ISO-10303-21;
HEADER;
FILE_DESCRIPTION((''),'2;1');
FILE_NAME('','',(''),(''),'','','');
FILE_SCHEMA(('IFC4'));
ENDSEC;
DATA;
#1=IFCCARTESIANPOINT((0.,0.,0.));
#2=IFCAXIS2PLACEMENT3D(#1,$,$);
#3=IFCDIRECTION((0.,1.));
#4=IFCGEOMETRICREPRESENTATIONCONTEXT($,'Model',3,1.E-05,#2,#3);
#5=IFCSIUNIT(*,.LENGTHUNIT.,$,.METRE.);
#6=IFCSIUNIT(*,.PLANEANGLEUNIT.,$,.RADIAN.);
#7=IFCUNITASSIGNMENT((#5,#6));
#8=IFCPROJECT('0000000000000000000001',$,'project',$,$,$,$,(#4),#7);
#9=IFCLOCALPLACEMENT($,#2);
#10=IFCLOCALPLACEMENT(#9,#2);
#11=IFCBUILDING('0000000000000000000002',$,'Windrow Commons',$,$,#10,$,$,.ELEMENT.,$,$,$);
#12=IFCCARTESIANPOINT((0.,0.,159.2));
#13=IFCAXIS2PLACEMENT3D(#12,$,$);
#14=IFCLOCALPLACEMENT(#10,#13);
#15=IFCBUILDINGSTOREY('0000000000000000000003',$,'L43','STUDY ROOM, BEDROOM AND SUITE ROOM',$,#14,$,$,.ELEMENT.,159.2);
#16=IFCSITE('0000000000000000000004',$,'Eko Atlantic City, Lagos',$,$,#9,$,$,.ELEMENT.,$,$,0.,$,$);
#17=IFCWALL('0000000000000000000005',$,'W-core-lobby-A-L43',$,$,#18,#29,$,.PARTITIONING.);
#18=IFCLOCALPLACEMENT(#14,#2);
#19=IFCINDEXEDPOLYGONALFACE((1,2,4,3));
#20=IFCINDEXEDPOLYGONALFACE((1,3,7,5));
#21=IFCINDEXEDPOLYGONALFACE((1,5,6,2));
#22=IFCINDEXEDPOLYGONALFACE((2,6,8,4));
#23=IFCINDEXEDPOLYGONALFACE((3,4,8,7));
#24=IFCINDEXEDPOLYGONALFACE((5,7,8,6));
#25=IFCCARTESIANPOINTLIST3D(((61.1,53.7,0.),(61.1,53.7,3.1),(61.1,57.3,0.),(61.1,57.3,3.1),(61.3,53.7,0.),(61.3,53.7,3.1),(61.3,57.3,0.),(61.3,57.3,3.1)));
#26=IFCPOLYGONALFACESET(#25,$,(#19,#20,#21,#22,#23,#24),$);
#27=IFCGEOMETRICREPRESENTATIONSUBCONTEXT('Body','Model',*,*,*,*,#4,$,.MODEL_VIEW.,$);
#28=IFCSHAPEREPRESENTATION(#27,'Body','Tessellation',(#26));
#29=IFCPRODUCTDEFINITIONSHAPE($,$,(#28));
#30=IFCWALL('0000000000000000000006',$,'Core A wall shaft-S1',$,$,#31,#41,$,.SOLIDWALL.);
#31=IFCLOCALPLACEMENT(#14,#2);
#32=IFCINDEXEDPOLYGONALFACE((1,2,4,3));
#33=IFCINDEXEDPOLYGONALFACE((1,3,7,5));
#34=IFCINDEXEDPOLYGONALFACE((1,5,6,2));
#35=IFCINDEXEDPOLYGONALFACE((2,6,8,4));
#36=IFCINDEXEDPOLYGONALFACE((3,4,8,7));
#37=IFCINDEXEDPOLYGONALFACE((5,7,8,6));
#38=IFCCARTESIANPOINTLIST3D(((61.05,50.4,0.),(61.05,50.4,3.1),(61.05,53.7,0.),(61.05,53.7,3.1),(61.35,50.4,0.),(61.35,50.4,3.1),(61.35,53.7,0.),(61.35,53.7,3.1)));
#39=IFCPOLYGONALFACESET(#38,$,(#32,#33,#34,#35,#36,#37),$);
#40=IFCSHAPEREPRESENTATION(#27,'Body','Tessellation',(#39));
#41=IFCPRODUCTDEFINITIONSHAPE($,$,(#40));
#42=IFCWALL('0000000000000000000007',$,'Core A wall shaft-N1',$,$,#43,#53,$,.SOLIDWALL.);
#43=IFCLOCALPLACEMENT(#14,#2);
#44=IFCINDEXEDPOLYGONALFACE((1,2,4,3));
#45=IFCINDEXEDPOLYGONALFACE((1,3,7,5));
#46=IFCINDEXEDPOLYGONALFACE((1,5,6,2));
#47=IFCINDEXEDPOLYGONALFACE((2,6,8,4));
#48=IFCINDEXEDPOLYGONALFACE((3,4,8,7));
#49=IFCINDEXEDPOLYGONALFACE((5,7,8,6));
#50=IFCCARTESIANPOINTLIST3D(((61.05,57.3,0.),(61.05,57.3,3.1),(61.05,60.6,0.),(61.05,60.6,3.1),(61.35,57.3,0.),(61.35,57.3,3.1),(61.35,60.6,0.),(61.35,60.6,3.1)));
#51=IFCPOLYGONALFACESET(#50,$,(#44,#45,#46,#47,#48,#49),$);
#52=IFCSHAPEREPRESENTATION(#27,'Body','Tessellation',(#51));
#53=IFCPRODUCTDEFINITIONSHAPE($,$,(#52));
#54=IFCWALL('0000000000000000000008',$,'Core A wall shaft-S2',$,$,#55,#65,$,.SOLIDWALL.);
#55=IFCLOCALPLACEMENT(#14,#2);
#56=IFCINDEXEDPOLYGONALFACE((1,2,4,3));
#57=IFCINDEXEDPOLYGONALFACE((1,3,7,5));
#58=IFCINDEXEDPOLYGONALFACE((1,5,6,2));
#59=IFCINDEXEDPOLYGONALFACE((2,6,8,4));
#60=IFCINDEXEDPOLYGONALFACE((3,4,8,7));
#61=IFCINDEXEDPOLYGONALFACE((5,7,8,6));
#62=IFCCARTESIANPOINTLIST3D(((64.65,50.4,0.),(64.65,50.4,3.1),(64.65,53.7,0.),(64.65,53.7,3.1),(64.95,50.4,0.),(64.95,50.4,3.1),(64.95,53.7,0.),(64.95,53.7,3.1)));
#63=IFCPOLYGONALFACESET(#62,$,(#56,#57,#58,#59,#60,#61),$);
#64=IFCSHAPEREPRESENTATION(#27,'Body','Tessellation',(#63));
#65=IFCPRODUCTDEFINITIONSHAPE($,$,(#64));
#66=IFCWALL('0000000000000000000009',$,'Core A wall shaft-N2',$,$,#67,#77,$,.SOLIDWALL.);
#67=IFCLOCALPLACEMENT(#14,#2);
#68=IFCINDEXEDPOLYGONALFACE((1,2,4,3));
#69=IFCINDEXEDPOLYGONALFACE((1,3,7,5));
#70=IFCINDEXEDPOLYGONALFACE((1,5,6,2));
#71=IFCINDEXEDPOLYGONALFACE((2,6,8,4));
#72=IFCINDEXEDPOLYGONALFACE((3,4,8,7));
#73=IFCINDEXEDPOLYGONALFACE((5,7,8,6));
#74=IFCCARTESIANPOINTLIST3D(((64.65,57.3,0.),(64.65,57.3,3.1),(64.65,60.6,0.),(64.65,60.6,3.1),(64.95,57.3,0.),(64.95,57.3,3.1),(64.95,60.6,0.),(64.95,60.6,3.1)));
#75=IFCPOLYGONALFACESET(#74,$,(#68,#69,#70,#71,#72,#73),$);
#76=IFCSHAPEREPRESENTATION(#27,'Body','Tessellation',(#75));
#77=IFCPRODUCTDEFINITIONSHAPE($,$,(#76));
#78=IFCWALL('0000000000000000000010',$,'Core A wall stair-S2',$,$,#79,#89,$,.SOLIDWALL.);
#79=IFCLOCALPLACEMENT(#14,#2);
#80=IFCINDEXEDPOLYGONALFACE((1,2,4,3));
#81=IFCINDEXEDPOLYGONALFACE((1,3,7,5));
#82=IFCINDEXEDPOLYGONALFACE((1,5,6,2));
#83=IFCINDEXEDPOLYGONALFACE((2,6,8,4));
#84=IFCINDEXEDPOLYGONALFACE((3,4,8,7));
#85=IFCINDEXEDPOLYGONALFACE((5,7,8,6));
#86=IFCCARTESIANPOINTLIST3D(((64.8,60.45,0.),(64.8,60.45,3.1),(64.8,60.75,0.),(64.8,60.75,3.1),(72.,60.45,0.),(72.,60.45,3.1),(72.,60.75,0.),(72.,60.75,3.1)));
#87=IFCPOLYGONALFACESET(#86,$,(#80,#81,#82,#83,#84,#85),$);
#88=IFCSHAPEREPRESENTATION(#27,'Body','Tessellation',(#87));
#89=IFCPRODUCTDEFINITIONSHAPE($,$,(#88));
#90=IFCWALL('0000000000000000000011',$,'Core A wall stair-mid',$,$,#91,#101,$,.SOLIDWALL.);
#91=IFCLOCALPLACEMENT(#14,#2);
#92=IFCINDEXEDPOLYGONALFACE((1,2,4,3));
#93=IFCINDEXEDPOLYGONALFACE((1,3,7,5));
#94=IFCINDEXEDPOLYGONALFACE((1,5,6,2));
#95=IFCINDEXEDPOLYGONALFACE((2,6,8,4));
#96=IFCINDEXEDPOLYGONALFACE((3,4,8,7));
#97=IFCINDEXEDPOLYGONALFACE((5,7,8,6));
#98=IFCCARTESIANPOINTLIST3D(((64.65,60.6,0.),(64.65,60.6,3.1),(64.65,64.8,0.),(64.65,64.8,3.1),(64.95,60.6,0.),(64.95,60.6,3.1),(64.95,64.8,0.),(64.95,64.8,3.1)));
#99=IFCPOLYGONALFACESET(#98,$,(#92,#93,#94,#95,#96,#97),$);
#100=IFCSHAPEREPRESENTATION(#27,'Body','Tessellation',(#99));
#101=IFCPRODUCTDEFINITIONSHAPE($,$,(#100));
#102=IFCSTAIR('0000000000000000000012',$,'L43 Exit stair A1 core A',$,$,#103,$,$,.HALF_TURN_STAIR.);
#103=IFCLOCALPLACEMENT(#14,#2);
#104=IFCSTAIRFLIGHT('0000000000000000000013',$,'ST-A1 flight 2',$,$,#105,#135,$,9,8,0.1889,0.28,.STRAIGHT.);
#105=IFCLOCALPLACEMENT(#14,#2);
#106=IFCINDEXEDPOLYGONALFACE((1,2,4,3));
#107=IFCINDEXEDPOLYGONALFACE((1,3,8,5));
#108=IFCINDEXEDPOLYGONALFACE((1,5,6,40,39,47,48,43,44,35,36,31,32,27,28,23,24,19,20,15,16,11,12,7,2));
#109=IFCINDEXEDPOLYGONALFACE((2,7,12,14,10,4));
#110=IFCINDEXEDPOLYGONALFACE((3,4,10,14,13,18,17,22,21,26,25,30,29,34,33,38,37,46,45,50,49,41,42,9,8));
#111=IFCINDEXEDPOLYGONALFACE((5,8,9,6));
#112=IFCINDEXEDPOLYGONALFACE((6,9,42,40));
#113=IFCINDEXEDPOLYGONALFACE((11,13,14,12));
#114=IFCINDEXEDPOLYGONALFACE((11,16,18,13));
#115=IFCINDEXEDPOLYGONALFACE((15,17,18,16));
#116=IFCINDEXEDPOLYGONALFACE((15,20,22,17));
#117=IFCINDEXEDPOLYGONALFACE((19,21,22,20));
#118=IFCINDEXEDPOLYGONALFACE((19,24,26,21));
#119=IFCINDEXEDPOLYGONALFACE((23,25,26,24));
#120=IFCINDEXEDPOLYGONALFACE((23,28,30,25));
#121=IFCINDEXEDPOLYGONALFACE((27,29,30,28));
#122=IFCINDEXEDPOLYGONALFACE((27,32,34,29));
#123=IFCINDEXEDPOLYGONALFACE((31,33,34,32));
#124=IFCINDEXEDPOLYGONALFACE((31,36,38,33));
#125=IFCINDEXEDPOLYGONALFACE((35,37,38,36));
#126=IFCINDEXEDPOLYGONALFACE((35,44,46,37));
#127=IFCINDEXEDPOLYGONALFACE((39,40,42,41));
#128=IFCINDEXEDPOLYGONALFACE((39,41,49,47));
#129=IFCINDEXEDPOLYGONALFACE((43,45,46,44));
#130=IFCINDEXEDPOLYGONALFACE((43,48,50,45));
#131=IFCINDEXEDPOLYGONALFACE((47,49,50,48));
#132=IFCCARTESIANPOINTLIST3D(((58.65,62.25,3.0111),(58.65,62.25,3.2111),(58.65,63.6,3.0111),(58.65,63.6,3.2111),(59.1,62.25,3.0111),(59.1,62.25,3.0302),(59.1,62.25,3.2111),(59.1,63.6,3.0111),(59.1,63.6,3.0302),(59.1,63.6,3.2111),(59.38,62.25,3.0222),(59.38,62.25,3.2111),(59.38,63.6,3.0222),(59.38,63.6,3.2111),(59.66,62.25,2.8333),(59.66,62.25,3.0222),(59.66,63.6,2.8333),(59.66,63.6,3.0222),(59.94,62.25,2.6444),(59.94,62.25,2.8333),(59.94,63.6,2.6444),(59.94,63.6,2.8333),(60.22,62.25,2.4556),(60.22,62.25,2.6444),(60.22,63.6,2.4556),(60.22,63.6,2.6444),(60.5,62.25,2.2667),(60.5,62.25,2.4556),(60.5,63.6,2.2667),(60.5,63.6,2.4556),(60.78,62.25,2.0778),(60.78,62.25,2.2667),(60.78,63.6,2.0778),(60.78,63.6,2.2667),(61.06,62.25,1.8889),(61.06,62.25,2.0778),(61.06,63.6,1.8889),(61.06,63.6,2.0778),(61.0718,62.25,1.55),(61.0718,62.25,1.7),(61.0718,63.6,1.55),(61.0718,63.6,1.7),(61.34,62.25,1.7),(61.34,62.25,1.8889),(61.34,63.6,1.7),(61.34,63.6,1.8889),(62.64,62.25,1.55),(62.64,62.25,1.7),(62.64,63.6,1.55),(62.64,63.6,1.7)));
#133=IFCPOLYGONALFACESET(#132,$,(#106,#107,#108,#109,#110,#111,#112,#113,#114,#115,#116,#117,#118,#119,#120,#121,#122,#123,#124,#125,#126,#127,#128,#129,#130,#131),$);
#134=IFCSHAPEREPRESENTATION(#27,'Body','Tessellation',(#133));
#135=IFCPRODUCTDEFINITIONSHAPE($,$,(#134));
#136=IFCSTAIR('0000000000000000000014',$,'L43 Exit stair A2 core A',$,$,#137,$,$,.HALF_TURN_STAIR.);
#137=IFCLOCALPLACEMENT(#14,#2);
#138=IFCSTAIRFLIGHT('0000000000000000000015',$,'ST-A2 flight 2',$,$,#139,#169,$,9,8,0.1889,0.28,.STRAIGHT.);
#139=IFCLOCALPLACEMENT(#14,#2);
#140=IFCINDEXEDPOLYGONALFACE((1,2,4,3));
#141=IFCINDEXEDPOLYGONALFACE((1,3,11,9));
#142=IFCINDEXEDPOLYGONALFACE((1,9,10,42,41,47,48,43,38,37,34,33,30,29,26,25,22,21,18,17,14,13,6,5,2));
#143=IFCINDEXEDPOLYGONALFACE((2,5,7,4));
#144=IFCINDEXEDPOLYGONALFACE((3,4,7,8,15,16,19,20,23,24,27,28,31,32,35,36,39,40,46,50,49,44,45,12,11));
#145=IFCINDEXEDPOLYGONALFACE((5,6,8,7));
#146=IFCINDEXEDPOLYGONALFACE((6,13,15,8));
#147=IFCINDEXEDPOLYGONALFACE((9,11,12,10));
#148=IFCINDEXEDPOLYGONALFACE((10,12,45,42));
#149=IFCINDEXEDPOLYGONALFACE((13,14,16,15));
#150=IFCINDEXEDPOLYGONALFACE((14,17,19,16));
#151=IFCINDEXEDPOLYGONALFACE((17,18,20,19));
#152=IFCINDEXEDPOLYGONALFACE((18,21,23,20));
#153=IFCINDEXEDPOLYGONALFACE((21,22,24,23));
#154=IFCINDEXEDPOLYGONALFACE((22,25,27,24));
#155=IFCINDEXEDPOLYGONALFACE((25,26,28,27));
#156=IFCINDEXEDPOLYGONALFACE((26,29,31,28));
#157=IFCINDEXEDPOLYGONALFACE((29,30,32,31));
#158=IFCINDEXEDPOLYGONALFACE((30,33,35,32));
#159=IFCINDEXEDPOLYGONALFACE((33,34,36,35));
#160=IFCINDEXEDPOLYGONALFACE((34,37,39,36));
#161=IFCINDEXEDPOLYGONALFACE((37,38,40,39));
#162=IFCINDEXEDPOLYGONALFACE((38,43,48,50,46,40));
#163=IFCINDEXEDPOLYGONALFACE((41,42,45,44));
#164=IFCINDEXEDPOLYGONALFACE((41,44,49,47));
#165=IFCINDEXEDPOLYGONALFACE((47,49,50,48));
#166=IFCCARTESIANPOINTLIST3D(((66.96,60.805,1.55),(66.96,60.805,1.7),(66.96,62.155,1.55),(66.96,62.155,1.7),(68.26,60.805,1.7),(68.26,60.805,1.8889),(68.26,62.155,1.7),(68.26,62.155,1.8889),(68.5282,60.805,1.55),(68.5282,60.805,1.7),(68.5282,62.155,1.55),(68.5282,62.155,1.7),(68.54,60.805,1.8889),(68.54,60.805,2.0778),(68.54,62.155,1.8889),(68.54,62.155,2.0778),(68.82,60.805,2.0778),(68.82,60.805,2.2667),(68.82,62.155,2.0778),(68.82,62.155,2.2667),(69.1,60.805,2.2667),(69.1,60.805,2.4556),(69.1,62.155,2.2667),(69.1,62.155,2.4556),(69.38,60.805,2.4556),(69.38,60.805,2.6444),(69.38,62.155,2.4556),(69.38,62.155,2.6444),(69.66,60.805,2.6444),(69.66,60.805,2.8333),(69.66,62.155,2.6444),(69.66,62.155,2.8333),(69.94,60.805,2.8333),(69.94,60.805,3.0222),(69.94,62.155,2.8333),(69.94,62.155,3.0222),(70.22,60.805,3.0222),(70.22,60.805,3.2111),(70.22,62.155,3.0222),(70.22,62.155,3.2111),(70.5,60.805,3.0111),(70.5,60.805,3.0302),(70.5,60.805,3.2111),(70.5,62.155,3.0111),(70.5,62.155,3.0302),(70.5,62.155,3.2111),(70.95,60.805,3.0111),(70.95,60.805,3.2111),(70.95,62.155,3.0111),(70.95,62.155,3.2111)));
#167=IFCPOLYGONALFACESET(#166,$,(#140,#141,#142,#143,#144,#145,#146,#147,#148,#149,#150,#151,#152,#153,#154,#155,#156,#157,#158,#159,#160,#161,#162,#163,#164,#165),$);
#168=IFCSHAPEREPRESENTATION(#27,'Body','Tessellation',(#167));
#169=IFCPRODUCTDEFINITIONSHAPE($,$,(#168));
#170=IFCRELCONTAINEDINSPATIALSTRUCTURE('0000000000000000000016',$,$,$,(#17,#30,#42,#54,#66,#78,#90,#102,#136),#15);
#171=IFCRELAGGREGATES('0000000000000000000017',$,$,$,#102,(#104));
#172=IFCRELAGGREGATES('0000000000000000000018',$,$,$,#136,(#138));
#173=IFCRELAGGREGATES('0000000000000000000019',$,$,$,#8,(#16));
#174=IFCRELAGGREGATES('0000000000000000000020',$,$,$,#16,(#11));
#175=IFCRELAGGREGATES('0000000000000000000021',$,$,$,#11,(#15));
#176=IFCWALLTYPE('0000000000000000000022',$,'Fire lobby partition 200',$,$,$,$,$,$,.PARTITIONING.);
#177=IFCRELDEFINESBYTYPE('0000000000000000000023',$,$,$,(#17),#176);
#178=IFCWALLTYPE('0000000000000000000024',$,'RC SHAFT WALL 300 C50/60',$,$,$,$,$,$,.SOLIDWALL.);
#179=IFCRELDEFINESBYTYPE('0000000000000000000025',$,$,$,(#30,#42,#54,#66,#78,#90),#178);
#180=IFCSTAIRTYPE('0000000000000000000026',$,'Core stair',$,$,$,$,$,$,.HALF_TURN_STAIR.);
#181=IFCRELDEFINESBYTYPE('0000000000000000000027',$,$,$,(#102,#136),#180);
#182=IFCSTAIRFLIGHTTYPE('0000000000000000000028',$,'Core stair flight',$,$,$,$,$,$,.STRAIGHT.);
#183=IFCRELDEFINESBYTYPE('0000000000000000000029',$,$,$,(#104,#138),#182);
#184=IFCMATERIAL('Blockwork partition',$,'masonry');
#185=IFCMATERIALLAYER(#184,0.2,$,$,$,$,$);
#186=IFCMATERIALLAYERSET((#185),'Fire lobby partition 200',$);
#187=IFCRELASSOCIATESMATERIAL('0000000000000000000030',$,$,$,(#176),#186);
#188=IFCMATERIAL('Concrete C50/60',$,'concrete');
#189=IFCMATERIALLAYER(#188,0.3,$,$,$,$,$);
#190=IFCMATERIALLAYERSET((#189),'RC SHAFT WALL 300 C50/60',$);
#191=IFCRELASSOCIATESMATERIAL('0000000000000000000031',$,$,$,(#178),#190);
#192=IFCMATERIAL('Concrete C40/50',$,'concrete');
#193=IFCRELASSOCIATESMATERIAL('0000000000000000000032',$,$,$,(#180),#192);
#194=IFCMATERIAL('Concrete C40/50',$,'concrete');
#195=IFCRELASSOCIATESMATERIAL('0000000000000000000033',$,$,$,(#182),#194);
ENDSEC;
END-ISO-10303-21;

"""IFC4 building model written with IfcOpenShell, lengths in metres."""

from ifc_helpers import new_model, si_unit, direction, frame, frame_2d, origin, place, context, subcontext, project, spatial, polyline, rectangle, outline, extrude, material, layer, layer_set, type_object, element, aggregate, save


model = new_model("IFC4")

# Units and contexts
model_context = context("Model", 3, precision=1e-05, world=origin(), true_north=direction((0.0, 1.0)))
body_context = subcontext(model_context, "Body", "Model", "MODEL_VIEW")
ifc_project = project(units=[si_unit("LENGTHUNIT", "METRE"), si_unit("PLANEANGLEUNIT", "RADIAN")], contexts=[model_context])

# Site, building, storey
site_placement = place(None, origin())
site = spatial("IfcSite", under=ifc_project, at=site_placement, Name="Eko Atlantic City, Lagos", CompositionType="ELEMENT", RefElevation=0.0)
building_placement = place(site_placement, origin())
building = spatial("IfcBuilding", under=site, at=building_placement, Name="Windrow Commons", CompositionType="ELEMENT")
storey_placement = place(building_placement, frame((0.0, 0.0, 159.2)))
storey = spatial("IfcBuildingStorey", under=building, at=storey_placement, Name="L43", Description="STUDY ROOM, BEDROOM AND SUITE ROOM", CompositionType="ELEMENT", Elevation=159.2)

# Walls
ifc_material_1 = material(Name="Blockwork partition", Category="masonry")
ifc_layer_1 = layer(ifc_material_1, 0.2)
ifc_layer_set_1 = layer_set([ifc_layer_1], Name="Fire lobby partition 200")
wall_type_1 = type_object("IfcWallType", Name="Fire lobby partition 200", PredefinedType="PARTITIONING", material=ifc_layer_set_1)
wall_1_placement = place(storey_placement, frame((61.2, 53.7, 0.0), z_axis=(0.0, 0.0, 1.0), x_axis=(0.0, 1.0, 0.0)))
element("IfcWall", 1, at=wall_1_placement, inside=storey, type_object=wall_type_1, Name="W-core-lobby-A-L43", PredefinedType="PARTITIONING", context=body_context, shape_type="SweptSolid", body=[
    extrude(rectangle(XDim=3.6, YDim=0.2, at=frame_2d((1.8, 0.0))), origin(), (0.0, 0.0, 1.0), 3.1),
])
ifc_material_2 = material(Name="Concrete C50/60", Category="concrete")
ifc_layer_2 = layer(ifc_material_2, 0.3)
ifc_layer_set_2 = layer_set([ifc_layer_2], Name="RC SHAFT WALL 300 C50/60")
wall_type_2 = type_object("IfcWallType", Name="RC SHAFT WALL 300 C50/60", PredefinedType="SOLIDWALL", material=ifc_layer_set_2)
for number, where, z_axis, x_axis, name in (
    (2, (61.2, 50.4, 0.0), (0.0, 0.0, 1.0), (0.0, 1.0, 0.0), "Core A wall shaft-S1"),
    (3, (61.2, 57.3, 0.0), (0.0, 0.0, 1.0), (0.0, 1.0, 0.0), "Core A wall shaft-N1"),
    (4, (64.8, 50.4, 0.0), (0.0, 0.0, 1.0), (0.0, 1.0, 0.0), "Core A wall shaft-S2"),
    (5, (64.8, 57.3, 0.0), (0.0, 0.0, 1.0), (0.0, 1.0, 0.0), "Core A wall shaft-N2"),
):
    element("IfcWall", number, at=place(storey_placement, frame(where, z_axis=z_axis, x_axis=x_axis)), inside=storey, type_object=wall_type_2, Name=name, PredefinedType="SOLIDWALL", context=body_context, shape_type="SweptSolid", body=[
        extrude(rectangle(XDim=3.3, YDim=0.3, at=frame_2d((1.65, 0.0))), origin(), (0.0, 0.0, 1.0), 3.1),
    ])
wall_2_placement = place(storey_placement, frame((64.8, 60.6, 0.0), z_axis=(0.0, 0.0, 1.0), x_axis=(1.0, 0.0, 0.0)))
element("IfcWall", 6, at=wall_2_placement, inside=storey, type_object=wall_type_2, Name="Core A wall stair-S2", PredefinedType="SOLIDWALL", context=body_context, shape_type="SweptSolid", body=[
    extrude(rectangle(XDim=7.2, YDim=0.3, at=frame_2d((3.6, 0.0))), origin(), (0.0, 0.0, 1.0), 3.1),
])
wall_3_placement = place(storey_placement, frame((64.8, 60.6, 0.0), z_axis=(0.0, 0.0, 1.0), x_axis=(0.0, 1.0, 0.0)))
element("IfcWall", 7, at=wall_3_placement, inside=storey, type_object=wall_type_2, Name="Core A wall stair-mid", PredefinedType="SOLIDWALL", context=body_context, shape_type="SweptSolid", body=[
    extrude(rectangle(XDim=4.2, YDim=0.3, at=frame_2d((2.1, 0.0))), origin(), (0.0, 0.0, 1.0), 3.1),
])

# Stairs, stair flights
ifc_material_3 = material(Name="Concrete C40/50", Category="concrete")
stair_type = type_object("IfcStairType", Name="Core stair", PredefinedType="HALF_TURN_STAIR", material=ifc_material_3)
placement = place(storey_placement, origin())
stair_1 = element("IfcStair", 8, at=placement, inside=storey, type_object=stair_type, Name="L43 Exit stair A1 core A", PredefinedType="HALF_TURN_STAIR")
ifc_material_4 = material(Name="Concrete C40/50", Category="concrete")
stair_flight_type = type_object("IfcStairFlightType", Name="Core stair flight", PredefinedType="STRAIGHT", material=ifc_material_4)
stair_flight_1_placement = place(storey_placement, frame((61.34, 62.925, 1.7), z_axis=(0.0, 0.0, 1.0), x_axis=(-1.0, 0.0, 0.0)))
stair_flight_1 = element("IfcStairFlight", 9, at=stair_flight_1_placement, type_object=stair_flight_type, Name="ST-A1 flight 2", NumberOfRisers=9, NumberOfTreads=8, PredefinedType="STRAIGHT", RiserHeight=0.1889, TreadLength=0.28, context=body_context, shape_type="SweptSolid", body=[
    extrude(outline(polyline([(-1.3, -0.15), (-1.3, 0.0), (0.0, 0.0), (0.0, 0.1889), (0.28, 0.1889), (0.28, 0.3778), (0.56, 0.3778), (0.56, 0.5667), (0.84, 0.5667), (0.84, 0.7556), (1.12, 0.7556), (1.12, 0.9444), (1.4, 0.9444), (1.4, 1.1333), (1.68, 1.1333), (1.68, 1.3222), (1.96, 1.3222), (1.96, 1.5111), (2.24, 1.5111), (2.69, 1.5111), (2.69, 1.3111), (2.24, 1.3111), (2.24, 1.3302), (0.2682, 0.0), (0.2682, -0.15), (-1.3, -0.15)])), frame((0.0, 0.675, 0.0), z_axis=(0.0, -1.0, 0.0), x_axis=(1.0, 0.0, 0.0)), (0.0, 0.0, 1.0), 1.35),
])
aggregate(stair_1, [stair_flight_1])
stair_2 = element("IfcStair", 10, at=placement, inside=storey, type_object=stair_type, Name="L43 Exit stair A2 core A", PredefinedType="HALF_TURN_STAIR")
stair_flight_2_placement = place(storey_placement, frame((68.26, 61.48, 1.7), z_axis=(0.0, 0.0, 1.0), x_axis=(1.0, 0.0, 0.0)))
stair_flight_2 = element("IfcStairFlight", 11, at=stair_flight_2_placement, type_object=stair_flight_type, Name="ST-A2 flight 2", NumberOfRisers=9, NumberOfTreads=8, PredefinedType="STRAIGHT", RiserHeight=0.1889, TreadLength=0.28, context=body_context, shape_type="SweptSolid", body=[
    extrude(outline(polyline([(-1.3, -0.15), (-1.3, 0.0), (0.0, 0.0), (0.0, 0.1889), (0.28, 0.1889), (0.28, 0.3778), (0.56, 0.3778), (0.56, 0.5667), (0.84, 0.5667), (0.84, 0.7556), (1.12, 0.7556), (1.12, 0.9444), (1.4, 0.9444), (1.4, 1.1333), (1.68, 1.1333), (1.68, 1.3222), (1.96, 1.3222), (1.96, 1.5111), (2.24, 1.5111), (2.69, 1.5111), (2.69, 1.3111), (2.24, 1.3111), (2.24, 1.3302), (0.2682, 0.0), (0.2682, -0.15), (-1.3, -0.15)])), frame((0.0, 0.675, 0.0), z_axis=(0.0, -1.0, 0.0), x_axis=(1.0, 0.0, 0.0)), (0.0, 0.0, 1.0), 1.35),
])
aggregate(stair_2, [stair_flight_2])

save(model, "model.ifc")
